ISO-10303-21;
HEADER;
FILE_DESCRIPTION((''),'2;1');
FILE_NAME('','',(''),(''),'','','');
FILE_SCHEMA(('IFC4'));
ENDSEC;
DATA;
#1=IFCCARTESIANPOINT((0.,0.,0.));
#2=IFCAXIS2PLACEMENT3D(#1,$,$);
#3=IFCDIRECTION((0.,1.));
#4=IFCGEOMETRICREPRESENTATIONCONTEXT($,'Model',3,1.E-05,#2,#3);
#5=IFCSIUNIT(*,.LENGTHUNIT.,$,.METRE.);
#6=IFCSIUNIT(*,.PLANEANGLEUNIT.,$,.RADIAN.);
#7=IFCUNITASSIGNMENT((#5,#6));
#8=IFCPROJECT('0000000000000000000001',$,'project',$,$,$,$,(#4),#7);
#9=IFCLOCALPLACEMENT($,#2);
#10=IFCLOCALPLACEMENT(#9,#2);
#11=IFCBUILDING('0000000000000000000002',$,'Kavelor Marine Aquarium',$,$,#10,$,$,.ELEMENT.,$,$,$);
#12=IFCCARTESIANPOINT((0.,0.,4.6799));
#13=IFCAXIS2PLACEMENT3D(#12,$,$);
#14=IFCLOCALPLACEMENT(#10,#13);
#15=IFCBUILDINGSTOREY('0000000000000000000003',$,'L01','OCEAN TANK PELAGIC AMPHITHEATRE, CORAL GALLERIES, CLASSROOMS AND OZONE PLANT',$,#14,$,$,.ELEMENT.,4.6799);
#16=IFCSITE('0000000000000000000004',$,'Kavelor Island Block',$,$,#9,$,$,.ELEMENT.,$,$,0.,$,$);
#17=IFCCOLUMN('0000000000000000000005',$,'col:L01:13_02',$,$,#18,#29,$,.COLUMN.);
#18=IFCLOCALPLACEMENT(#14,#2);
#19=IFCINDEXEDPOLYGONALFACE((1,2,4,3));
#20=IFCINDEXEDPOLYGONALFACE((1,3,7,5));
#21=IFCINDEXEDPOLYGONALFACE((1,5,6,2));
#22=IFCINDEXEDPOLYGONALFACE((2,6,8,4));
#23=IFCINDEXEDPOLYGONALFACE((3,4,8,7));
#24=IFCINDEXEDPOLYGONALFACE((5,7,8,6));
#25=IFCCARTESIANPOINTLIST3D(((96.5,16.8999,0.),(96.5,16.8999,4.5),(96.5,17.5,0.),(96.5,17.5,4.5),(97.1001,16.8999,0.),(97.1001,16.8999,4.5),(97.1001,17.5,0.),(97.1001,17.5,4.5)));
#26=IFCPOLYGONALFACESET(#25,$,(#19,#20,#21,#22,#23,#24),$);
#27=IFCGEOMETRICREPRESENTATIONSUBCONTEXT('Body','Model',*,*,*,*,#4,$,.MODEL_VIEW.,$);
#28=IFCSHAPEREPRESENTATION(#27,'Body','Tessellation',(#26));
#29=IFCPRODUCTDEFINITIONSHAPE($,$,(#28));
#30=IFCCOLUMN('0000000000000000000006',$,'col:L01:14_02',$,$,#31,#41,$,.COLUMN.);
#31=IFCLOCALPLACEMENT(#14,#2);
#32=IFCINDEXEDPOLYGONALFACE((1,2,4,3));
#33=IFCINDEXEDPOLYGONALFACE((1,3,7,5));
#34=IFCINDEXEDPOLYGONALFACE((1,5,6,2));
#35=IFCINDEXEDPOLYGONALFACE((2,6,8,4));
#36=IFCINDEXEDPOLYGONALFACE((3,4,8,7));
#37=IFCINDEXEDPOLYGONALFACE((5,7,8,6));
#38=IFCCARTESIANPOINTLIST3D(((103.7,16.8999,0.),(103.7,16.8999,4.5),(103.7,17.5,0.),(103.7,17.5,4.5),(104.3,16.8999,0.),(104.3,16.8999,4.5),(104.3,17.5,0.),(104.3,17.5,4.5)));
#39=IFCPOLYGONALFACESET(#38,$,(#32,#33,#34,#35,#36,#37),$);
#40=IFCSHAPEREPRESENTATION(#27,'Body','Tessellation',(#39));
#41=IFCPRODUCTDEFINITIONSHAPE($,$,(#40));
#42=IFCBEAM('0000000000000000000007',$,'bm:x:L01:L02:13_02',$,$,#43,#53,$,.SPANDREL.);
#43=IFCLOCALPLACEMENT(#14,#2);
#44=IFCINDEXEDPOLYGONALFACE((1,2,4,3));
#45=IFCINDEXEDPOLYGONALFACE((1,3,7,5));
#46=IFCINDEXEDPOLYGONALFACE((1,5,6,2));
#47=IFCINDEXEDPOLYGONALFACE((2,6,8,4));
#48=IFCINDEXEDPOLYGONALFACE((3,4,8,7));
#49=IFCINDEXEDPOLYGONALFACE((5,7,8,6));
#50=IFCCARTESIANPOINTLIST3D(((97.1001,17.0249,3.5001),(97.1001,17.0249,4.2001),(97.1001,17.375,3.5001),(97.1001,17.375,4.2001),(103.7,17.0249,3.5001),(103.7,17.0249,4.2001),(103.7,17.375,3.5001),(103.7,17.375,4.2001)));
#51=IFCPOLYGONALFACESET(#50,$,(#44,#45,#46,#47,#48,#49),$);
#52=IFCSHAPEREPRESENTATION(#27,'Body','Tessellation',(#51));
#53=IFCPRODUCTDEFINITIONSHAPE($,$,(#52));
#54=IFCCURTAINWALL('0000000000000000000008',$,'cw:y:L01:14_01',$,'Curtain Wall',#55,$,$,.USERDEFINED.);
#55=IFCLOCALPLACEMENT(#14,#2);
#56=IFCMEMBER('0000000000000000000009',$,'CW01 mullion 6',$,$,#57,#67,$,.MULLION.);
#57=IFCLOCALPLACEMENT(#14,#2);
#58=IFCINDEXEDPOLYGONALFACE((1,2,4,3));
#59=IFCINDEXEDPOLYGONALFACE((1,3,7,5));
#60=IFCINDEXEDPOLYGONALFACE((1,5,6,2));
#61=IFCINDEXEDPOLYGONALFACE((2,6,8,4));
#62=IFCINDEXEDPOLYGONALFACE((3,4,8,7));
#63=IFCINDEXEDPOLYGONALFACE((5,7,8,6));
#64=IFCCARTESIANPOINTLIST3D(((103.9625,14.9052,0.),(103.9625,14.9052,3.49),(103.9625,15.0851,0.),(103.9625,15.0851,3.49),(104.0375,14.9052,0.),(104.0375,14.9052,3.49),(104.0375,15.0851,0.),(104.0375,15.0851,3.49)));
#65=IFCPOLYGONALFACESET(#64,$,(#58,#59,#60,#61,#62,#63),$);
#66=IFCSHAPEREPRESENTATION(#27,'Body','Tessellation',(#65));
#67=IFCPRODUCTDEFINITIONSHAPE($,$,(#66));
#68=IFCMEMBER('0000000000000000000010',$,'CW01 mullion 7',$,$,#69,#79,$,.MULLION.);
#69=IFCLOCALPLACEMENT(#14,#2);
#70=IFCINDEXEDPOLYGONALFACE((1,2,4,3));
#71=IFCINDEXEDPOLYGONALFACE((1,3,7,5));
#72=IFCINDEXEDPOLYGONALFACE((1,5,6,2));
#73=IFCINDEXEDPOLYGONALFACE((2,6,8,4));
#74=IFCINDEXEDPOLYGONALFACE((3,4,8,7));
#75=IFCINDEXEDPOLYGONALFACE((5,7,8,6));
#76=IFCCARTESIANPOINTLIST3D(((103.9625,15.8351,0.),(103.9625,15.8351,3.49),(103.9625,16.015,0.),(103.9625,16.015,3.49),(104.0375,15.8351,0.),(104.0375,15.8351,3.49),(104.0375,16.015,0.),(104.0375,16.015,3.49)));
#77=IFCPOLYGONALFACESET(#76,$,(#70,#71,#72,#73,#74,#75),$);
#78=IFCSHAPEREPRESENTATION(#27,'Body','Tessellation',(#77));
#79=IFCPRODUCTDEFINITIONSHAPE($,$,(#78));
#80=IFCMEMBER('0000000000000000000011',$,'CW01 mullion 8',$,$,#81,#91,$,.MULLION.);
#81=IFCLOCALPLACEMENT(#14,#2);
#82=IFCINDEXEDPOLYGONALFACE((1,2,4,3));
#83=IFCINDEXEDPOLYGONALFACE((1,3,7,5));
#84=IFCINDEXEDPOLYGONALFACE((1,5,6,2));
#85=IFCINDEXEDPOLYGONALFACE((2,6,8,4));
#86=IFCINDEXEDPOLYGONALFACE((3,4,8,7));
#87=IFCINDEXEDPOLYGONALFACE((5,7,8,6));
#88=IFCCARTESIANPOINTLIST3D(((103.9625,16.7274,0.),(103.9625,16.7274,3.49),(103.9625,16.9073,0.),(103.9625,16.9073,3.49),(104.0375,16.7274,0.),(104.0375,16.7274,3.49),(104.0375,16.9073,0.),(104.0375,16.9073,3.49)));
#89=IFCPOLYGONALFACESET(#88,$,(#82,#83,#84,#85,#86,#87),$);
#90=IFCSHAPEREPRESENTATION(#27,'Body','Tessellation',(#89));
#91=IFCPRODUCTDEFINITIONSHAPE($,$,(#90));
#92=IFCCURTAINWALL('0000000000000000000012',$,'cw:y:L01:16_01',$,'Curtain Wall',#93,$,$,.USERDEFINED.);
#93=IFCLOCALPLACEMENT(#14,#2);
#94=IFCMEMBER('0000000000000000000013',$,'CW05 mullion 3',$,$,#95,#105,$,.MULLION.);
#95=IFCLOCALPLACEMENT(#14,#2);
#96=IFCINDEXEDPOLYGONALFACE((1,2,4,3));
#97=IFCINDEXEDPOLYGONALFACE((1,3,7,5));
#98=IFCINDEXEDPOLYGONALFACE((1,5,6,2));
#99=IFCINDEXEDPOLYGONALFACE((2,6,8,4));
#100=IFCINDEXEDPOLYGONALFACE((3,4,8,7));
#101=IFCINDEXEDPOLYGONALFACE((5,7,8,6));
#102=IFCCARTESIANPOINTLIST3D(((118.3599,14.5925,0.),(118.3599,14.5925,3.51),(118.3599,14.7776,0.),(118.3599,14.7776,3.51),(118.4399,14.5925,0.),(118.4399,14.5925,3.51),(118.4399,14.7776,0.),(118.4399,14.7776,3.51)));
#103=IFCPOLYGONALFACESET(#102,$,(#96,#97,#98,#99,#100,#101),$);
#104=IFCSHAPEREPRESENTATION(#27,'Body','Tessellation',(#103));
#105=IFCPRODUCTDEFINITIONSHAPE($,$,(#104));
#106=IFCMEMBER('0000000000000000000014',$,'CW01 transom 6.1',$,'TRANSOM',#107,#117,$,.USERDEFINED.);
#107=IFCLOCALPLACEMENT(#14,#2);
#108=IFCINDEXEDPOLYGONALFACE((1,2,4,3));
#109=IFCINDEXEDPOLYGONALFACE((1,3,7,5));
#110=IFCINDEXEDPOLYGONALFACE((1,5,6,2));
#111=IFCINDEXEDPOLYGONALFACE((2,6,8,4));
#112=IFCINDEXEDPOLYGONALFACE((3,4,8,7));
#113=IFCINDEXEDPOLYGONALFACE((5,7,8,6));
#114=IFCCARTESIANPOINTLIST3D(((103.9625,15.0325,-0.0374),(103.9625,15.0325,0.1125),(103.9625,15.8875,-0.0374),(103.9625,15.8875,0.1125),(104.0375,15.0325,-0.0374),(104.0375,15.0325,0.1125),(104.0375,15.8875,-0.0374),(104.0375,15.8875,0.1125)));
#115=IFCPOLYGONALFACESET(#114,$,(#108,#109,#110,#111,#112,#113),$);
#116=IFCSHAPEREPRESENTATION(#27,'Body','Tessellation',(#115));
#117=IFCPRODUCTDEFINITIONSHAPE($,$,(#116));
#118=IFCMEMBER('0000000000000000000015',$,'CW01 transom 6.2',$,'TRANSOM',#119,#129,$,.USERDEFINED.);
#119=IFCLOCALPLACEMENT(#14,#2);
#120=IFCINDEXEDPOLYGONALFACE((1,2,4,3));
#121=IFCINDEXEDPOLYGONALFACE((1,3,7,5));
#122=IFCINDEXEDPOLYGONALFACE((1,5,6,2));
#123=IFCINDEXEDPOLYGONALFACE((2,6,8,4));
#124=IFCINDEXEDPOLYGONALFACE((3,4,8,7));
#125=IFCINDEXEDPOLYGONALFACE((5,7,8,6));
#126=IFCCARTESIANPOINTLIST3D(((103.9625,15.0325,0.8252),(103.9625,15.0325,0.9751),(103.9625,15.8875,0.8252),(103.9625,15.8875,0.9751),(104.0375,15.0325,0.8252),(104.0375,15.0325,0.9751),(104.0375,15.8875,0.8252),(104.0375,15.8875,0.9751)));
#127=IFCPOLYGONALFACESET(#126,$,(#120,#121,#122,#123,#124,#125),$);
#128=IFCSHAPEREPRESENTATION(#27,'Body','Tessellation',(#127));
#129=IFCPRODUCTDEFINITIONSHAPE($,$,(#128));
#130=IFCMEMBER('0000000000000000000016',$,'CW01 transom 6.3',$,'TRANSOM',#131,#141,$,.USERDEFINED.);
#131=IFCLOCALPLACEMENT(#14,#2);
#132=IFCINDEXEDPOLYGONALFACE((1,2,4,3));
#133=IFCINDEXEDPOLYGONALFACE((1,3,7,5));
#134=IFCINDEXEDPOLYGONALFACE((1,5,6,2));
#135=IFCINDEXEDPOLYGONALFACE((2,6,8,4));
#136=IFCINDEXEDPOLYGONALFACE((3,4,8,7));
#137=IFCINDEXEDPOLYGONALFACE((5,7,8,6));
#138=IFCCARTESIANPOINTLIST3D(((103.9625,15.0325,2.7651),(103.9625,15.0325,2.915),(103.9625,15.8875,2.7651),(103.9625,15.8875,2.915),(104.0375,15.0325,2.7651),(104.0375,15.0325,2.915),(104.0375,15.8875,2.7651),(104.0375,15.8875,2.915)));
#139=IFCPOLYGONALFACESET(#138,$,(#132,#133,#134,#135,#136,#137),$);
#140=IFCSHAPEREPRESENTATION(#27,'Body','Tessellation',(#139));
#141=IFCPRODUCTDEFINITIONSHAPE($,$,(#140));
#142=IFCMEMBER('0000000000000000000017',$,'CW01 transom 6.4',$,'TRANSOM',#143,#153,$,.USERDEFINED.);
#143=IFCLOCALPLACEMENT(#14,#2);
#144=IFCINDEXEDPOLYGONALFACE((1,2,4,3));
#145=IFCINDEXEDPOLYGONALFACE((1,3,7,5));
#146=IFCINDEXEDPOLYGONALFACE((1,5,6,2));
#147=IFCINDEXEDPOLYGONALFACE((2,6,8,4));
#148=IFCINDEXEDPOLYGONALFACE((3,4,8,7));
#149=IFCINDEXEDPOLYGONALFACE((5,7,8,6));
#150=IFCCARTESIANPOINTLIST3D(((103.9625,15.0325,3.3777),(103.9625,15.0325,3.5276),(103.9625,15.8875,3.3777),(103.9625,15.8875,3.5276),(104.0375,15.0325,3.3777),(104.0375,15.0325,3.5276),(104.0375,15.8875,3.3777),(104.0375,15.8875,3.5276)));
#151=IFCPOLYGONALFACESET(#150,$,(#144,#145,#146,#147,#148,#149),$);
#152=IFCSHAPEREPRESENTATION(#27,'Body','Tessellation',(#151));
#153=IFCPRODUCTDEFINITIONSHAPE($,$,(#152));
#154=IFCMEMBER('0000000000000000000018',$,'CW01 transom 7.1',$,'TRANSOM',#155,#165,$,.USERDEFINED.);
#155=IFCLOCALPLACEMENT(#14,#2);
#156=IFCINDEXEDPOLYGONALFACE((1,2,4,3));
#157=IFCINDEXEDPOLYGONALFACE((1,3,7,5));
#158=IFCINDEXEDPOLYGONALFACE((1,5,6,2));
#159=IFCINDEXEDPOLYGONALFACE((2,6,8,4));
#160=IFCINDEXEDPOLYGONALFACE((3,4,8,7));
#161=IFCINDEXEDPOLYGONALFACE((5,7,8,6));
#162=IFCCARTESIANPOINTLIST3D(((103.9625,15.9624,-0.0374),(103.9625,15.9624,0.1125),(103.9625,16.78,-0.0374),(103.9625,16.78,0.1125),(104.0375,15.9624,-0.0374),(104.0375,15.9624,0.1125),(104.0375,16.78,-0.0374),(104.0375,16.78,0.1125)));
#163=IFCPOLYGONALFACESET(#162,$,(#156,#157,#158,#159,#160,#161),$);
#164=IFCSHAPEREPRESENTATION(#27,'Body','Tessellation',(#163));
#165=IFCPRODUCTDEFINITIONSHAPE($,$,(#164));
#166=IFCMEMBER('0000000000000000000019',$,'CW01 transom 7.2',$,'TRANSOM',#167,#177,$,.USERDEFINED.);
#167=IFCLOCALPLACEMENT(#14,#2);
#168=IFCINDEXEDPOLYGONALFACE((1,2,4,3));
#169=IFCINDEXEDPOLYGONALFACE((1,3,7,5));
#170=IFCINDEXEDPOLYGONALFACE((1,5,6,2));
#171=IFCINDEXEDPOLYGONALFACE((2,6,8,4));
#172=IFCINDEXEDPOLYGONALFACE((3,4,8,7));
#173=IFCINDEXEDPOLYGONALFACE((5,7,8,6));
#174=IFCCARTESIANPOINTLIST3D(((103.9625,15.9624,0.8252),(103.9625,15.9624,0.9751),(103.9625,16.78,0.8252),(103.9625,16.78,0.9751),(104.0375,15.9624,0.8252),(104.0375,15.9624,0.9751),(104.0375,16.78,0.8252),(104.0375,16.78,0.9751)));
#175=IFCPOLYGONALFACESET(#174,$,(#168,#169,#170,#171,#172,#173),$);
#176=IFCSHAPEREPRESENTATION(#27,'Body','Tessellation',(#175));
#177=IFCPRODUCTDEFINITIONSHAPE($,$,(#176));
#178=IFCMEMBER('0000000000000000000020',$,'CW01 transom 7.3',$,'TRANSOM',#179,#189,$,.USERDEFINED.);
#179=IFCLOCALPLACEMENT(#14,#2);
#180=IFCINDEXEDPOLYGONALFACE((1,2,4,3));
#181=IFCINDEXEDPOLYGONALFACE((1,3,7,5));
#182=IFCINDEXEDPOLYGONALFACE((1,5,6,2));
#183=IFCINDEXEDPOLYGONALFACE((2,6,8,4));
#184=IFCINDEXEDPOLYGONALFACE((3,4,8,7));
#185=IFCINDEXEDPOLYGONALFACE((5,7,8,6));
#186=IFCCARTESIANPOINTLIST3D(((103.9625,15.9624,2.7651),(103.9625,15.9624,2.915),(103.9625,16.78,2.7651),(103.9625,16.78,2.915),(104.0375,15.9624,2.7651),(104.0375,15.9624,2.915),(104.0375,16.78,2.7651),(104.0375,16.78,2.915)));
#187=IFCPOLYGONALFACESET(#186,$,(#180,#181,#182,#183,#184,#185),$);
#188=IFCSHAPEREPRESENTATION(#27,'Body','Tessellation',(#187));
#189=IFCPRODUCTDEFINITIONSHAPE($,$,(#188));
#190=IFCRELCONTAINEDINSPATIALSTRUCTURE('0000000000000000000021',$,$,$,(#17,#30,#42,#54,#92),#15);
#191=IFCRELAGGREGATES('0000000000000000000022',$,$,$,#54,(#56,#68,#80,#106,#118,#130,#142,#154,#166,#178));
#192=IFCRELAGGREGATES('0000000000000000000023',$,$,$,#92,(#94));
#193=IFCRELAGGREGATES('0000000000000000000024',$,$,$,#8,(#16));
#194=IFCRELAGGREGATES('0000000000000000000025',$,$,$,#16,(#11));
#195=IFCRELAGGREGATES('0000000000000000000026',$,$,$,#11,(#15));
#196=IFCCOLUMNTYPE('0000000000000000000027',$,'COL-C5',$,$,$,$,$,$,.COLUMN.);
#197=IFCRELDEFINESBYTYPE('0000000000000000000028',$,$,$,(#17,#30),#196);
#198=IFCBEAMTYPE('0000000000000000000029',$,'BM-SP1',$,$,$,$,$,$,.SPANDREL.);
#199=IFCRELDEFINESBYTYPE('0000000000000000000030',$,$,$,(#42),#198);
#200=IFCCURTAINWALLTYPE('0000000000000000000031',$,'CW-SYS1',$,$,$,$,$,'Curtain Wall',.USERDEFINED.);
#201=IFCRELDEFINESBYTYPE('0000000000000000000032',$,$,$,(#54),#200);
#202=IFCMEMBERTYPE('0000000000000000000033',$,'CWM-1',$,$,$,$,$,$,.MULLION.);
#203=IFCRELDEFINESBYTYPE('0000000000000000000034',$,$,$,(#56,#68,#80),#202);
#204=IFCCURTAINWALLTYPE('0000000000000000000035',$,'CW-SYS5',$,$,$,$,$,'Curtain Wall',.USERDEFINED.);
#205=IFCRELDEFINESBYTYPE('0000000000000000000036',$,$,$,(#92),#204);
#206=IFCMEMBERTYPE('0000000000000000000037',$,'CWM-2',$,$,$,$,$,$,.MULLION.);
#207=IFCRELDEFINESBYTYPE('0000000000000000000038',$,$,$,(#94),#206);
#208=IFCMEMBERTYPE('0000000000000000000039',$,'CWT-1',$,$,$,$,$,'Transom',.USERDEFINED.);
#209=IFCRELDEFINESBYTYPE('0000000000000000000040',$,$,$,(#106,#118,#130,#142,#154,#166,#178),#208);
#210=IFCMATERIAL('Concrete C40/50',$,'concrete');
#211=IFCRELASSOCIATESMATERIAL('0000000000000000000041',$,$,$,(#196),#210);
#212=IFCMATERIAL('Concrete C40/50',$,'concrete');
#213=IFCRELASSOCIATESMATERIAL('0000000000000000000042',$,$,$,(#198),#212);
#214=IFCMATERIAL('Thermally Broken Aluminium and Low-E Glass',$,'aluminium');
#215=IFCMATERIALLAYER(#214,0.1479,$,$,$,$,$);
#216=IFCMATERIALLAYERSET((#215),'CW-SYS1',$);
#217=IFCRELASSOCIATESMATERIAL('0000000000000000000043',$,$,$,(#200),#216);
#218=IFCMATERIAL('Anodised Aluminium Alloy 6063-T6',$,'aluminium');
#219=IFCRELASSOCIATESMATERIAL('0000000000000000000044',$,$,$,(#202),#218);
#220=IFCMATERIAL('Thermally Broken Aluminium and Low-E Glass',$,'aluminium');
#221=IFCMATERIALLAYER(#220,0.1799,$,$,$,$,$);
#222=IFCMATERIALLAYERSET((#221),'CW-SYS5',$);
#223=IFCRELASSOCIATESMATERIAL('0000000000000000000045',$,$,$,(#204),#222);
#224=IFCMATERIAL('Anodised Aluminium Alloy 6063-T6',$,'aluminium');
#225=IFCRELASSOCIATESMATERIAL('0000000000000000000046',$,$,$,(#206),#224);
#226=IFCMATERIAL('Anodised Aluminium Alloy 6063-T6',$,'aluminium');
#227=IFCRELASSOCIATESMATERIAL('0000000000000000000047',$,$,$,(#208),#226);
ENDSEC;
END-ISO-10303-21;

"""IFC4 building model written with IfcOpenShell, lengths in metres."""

from ifc_helpers import new_model, si_unit, direction, frame, origin, origin_2d, place, context, subcontext, project, spatial, rectangle, extrude, material, layer, layer_set, material_profile, profile_set, type_object, element, aggregate, save


model = new_model("IFC4")

# Units and contexts
model_context = context("Model", 3, precision=1e-05, world=origin(), true_north=direction((0.0, 1.0)))
body_context = subcontext(model_context, "Body", "Model", "MODEL_VIEW")
ifc_project = project(units=[si_unit("LENGTHUNIT", "METRE"), si_unit("PLANEANGLEUNIT", "RADIAN")], contexts=[model_context])

# Site, building, storey
site_placement = place(None, origin())
site = spatial("IfcSite", under=ifc_project, at=site_placement, Name="Kavelor Island Block", CompositionType="ELEMENT", RefElevation=0.0)
building_placement = place(site_placement, origin())
building = spatial("IfcBuilding", under=site, at=building_placement, Name="Kavelor Marine Aquarium", CompositionType="ELEMENT")
storey_placement = place(building_placement, frame((0.0, 0.0, 4.6799)))
storey = spatial("IfcBuildingStorey", under=building, at=storey_placement, Name="L01", Description="OCEAN TANK PELAGIC AMPHITHEATRE, CORAL GALLERIES, CLASSROOMS AND OZONE PLANT", CompositionType="ELEMENT", Elevation=4.6799)

# Columns
ifc_material_1 = material(Name="Concrete C40/50", Category="concrete")
ifc_material_profile_1 = material_profile(ifc_material_1, rectangle(XDim=0.6001, YDim=0.6001, at=origin_2d()), Name="RC-COL 600x600")
ifc_profile_set_1 = profile_set([ifc_material_profile_1], Name="Concrete C40/50")
column_type = type_object("IfcColumnType", Name="COL-C5", PredefinedType="COLUMN", material=ifc_profile_set_1)
for number, where, z_axis, x_axis, name in (
    (1, (96.8, 17.2, 0.0), (0.0, 0.0, 1.0), (1.0, 0.0, 0.0), "col:L01:13_02"),
    (2, (104.0, 17.2, 0.0), (0.0, 0.0, 1.0), (1.0, 0.0, 0.0), "col:L01:14_02"),
):
    element("IfcColumn", number, at=place(storey_placement, frame(where, z_axis=z_axis, x_axis=x_axis)), inside=storey, type_object=column_type, Name=name, PredefinedType="COLUMN", context=body_context, shape_type="SweptSolid", body=[
        extrude(rectangle(XDim=0.6001, YDim=0.6001, at=origin_2d()), origin(), (0.0, 0.0, 1.0), 4.5),
    ])

# Beam
ifc_material_2 = material(Name="Concrete C40/50", Category="concrete")
ifc_material_profile_2 = material_profile(ifc_material_2, rectangle(XDim=0.3501, YDim=0.7, at=origin_2d()), Name="RC-SP 350x700")
ifc_profile_set_2 = profile_set([ifc_material_profile_2], Name="Concrete C40/50")
beam_type = type_object("IfcBeamType", Name="BM-SP1", PredefinedType="SPANDREL", material=ifc_profile_set_2)
beam_placement = place(storey_placement, frame((97.1001, 17.2, 3.8501), z_axis=(1.0, 0.0, 0.0), x_axis=(0.0, 1.0, 0.0)))
element("IfcBeam", 3, at=beam_placement, inside=storey, type_object=beam_type, Name="bm:x:L01:L02:13_02", PredefinedType="SPANDREL", context=body_context, shape_type="SweptSolid", body=[
    extrude(rectangle(XDim=0.3501, YDim=0.7, at=origin_2d()), origin(), (0.0, 0.0, 1.0), 6.5999),
])

# Curtain wall, members
ifc_material_3 = material(Name="Thermally Broken Aluminium and Low-E Glass", Category="aluminium")
ifc_layer_1 = layer(ifc_material_3, 0.1479)
ifc_layer_set_1 = layer_set([ifc_layer_1], Name="CW-SYS1")
curtain_wall_type_1 = type_object("IfcCurtainWallType", Name="CW-SYS1", ElementType="Curtain Wall", PredefinedType="USERDEFINED", material=ifc_layer_set_1)
curtain_wall_1_placement = place(storey_placement, origin())
curtain_wall_1 = element("IfcCurtainWall", 4, at=curtain_wall_1_placement, inside=storey, type_object=curtain_wall_type_1, Name="cw:y:L01:14_01", ObjectType="Curtain Wall", PredefinedType="USERDEFINED")
ifc_material_4 = material(Name="Anodised Aluminium Alloy 6063-T6", Category="aluminium")
ifc_material_profile_3 = material_profile(ifc_material_4, rectangle(XDim=0.075, YDim=0.1799, at=origin_2d()), Name="CW-MUL 75x180")
ifc_profile_set_3 = profile_set([ifc_material_profile_3], Name="Anodised Aluminium Alloy 6063-T6")
member_type_1 = type_object("IfcMemberType", Name="CWM-1", PredefinedType="MULLION", material=ifc_profile_set_3)
member_1_placement = place(storey_placement, frame((104.0, 14.9951, 0.0), z_axis=(0.0, 0.0, 1.0), x_axis=(-1.0, 0.0, 0.0)))
member_1 = element("IfcMember", 5, at=member_1_placement, type_object=member_type_1, Name="CW01 mullion 6", PredefinedType="MULLION", context=body_context, shape_type="SweptSolid", body=[
    extrude(rectangle(XDim=0.075, YDim=0.1799, at=origin_2d()), origin(), (0.0, 0.0, 1.0), 3.49),
])
member_2_placement = place(storey_placement, frame((104.0, 15.925, 0.0), z_axis=(0.0, 0.0, 1.0), x_axis=(-1.0, 0.0, 0.0)))
member_2 = element("IfcMember", 6, at=member_2_placement, type_object=member_type_1, Name="CW01 mullion 7", PredefinedType="MULLION", context=body_context, shape_type="SweptSolid", body=[
    extrude(rectangle(XDim=0.075, YDim=0.1799, at=origin_2d()), origin(), (0.0, 0.0, 1.0), 3.49),
])
member_3_placement = place(storey_placement, frame((104.0, 16.8174, 0.0), z_axis=(0.0, 0.0, 1.0), x_axis=(-1.0, 0.0, 0.0)))
member_3 = element("IfcMember", 7, at=member_3_placement, type_object=member_type_1, Name="CW01 mullion 8", PredefinedType="MULLION", context=body_context, shape_type="SweptSolid", body=[
    extrude(rectangle(XDim=0.075, YDim=0.1799, at=origin_2d()), origin(), (0.0, 0.0, 1.0), 3.49),
])

# Curtain wall, member
ifc_material_5 = material(Name="Thermally Broken Aluminium and Low-E Glass", Category="aluminium")
ifc_layer_2 = layer(ifc_material_5, 0.1799)
ifc_layer_set_2 = layer_set([ifc_layer_2], Name="CW-SYS5")
curtain_wall_type_2 = type_object("IfcCurtainWallType", Name="CW-SYS5", ElementType="Curtain Wall", PredefinedType="USERDEFINED", material=ifc_layer_set_2)
curtain_wall_2_placement = place(storey_placement, origin())
curtain_wall_2 = element("IfcCurtainWall", 8, at=curtain_wall_2_placement, inside=storey, type_object=curtain_wall_type_2, Name="cw:y:L01:16_01", ObjectType="Curtain Wall", PredefinedType="USERDEFINED")
ifc_material_6 = material(Name="Anodised Aluminium Alloy 6063-T6", Category="aluminium")
ifc_material_profile_4 = material_profile(ifc_material_6, rectangle(XDim=0.0801, YDim=0.1851, at=origin_2d()), Name="CW-MUL 80x185")
ifc_profile_set_4 = profile_set([ifc_material_profile_4], Name="Anodised Aluminium Alloy 6063-T6")
member_type_2 = type_object("IfcMemberType", Name="CWM-2", PredefinedType="MULLION", material=ifc_profile_set_4)
member_4_placement = place(storey_placement, frame((118.3999, 14.6851, 0.0), z_axis=(0.0, 0.0, 1.0), x_axis=(1.0, 0.0, 0.0)))
member_4 = element("IfcMember", 9, at=member_4_placement, type_object=member_type_2, Name="CW05 mullion 3", PredefinedType="MULLION", context=body_context, shape_type="SweptSolid", body=[
    extrude(rectangle(XDim=0.0801, YDim=0.1851, at=origin_2d()), origin(), (0.0, 0.0, 1.0), 3.51),
])

# Members
ifc_material_7 = material(Name="Anodised Aluminium Alloy 6063-T6", Category="aluminium")
ifc_material_profile_5 = material_profile(ifc_material_7, rectangle(XDim=0.075, YDim=0.1499, at=origin_2d()), Name="CW-TRN 75x150")
ifc_profile_set_5 = profile_set([ifc_material_profile_5], Name="Anodised Aluminium Alloy 6063-T6")
member_type_3 = type_object("IfcMemberType", Name="CWT-1", ElementType="Transom", PredefinedType="USERDEFINED", material=ifc_profile_set_5)
member_5_placement = place(storey_placement, frame((104.0, 15.0325, 0.0376), z_axis=(0.0, 1.0, 0.0), x_axis=(-1.0, 0.0, 0.0)))
member_5 = element("IfcMember", 10, at=member_5_placement, type_object=member_type_3, Name="CW01 transom 6.1", ObjectType="TRANSOM", PredefinedType="USERDEFINED", context=body_context, shape_type="SweptSolid", body=[
    extrude(rectangle(XDim=0.075, YDim=0.1499, at=origin_2d()), origin(), (0.0, 0.0, 1.0), 0.855),
])
member_6_placement = place(storey_placement, frame((104.0, 15.0325, 0.9001), z_axis=(0.0, 1.0, 0.0), x_axis=(-1.0, 0.0, 0.0)))
member_6 = element("IfcMember", 11, at=member_6_placement, type_object=member_type_3, Name="CW01 transom 6.2", ObjectType="TRANSOM", PredefinedType="USERDEFINED", context=body_context, shape_type="SweptSolid", body=[
    extrude(rectangle(XDim=0.075, YDim=0.1499, at=origin_2d()), origin(), (0.0, 0.0, 1.0), 0.855),
])
member_7_placement = place(storey_placement, frame((104.0, 15.0325, 2.8401), z_axis=(0.0, 1.0, 0.0), x_axis=(-1.0, 0.0, 0.0)))
member_7 = element("IfcMember", 12, at=member_7_placement, type_object=member_type_3, Name="CW01 transom 6.3", ObjectType="TRANSOM", PredefinedType="USERDEFINED", context=body_context, shape_type="SweptSolid", body=[
    extrude(rectangle(XDim=0.075, YDim=0.1499, at=origin_2d()), origin(), (0.0, 0.0, 1.0), 0.855),
])
member_8_placement = place(storey_placement, frame((104.0, 15.0325, 3.4526), z_axis=(0.0, 1.0, 0.0), x_axis=(-1.0, 0.0, 0.0)))
member_8 = element("IfcMember", 13, at=member_8_placement, type_object=member_type_3, Name="CW01 transom 6.4", ObjectType="TRANSOM", PredefinedType="USERDEFINED", context=body_context, shape_type="SweptSolid", body=[
    extrude(rectangle(XDim=0.075, YDim=0.1499, at=origin_2d()), origin(), (0.0, 0.0, 1.0), 0.855),
])
member_9_placement = place(storey_placement, frame((104.0, 15.9624, 0.0376), z_axis=(0.0, 1.0, 0.0), x_axis=(-1.0, 0.0, 0.0)))
member_9 = element("IfcMember", 14, at=member_9_placement, type_object=member_type_3, Name="CW01 transom 7.1", ObjectType="TRANSOM", PredefinedType="USERDEFINED", context=body_context, shape_type="SweptSolid", body=[
    extrude(rectangle(XDim=0.075, YDim=0.1499, at=origin_2d()), origin(), (0.0, 0.0, 1.0), 0.8176),
])
member_10_placement = place(storey_placement, frame((104.0, 15.9624, 0.9001), z_axis=(0.0, 1.0, 0.0), x_axis=(-1.0, 0.0, 0.0)))
member_10 = element("IfcMember", 15, at=member_10_placement, type_object=member_type_3, Name="CW01 transom 7.2", ObjectType="TRANSOM", PredefinedType="USERDEFINED", context=body_context, shape_type="SweptSolid", body=[
    extrude(rectangle(XDim=0.075, YDim=0.1499, at=origin_2d()), origin(), (0.0, 0.0, 1.0), 0.8176),
])
member_11_placement = place(storey_placement, frame((104.0, 15.9624, 2.8401), z_axis=(0.0, 1.0, 0.0), x_axis=(-1.0, 0.0, 0.0)))
member_11 = element("IfcMember", 16, at=member_11_placement, type_object=member_type_3, Name="CW01 transom 7.3", ObjectType="TRANSOM", PredefinedType="USERDEFINED", context=body_context, shape_type="SweptSolid", body=[
    extrude(rectangle(XDim=0.075, YDim=0.1499, at=origin_2d()), origin(), (0.0, 0.0, 1.0), 0.8176),
])

aggregate(curtain_wall_1, [member_1, member_2, member_3, member_5, member_6, member_7, member_8, member_9, member_10, member_11])
aggregate(curtain_wall_2, [member_4])

save(model, "model.ifc")
